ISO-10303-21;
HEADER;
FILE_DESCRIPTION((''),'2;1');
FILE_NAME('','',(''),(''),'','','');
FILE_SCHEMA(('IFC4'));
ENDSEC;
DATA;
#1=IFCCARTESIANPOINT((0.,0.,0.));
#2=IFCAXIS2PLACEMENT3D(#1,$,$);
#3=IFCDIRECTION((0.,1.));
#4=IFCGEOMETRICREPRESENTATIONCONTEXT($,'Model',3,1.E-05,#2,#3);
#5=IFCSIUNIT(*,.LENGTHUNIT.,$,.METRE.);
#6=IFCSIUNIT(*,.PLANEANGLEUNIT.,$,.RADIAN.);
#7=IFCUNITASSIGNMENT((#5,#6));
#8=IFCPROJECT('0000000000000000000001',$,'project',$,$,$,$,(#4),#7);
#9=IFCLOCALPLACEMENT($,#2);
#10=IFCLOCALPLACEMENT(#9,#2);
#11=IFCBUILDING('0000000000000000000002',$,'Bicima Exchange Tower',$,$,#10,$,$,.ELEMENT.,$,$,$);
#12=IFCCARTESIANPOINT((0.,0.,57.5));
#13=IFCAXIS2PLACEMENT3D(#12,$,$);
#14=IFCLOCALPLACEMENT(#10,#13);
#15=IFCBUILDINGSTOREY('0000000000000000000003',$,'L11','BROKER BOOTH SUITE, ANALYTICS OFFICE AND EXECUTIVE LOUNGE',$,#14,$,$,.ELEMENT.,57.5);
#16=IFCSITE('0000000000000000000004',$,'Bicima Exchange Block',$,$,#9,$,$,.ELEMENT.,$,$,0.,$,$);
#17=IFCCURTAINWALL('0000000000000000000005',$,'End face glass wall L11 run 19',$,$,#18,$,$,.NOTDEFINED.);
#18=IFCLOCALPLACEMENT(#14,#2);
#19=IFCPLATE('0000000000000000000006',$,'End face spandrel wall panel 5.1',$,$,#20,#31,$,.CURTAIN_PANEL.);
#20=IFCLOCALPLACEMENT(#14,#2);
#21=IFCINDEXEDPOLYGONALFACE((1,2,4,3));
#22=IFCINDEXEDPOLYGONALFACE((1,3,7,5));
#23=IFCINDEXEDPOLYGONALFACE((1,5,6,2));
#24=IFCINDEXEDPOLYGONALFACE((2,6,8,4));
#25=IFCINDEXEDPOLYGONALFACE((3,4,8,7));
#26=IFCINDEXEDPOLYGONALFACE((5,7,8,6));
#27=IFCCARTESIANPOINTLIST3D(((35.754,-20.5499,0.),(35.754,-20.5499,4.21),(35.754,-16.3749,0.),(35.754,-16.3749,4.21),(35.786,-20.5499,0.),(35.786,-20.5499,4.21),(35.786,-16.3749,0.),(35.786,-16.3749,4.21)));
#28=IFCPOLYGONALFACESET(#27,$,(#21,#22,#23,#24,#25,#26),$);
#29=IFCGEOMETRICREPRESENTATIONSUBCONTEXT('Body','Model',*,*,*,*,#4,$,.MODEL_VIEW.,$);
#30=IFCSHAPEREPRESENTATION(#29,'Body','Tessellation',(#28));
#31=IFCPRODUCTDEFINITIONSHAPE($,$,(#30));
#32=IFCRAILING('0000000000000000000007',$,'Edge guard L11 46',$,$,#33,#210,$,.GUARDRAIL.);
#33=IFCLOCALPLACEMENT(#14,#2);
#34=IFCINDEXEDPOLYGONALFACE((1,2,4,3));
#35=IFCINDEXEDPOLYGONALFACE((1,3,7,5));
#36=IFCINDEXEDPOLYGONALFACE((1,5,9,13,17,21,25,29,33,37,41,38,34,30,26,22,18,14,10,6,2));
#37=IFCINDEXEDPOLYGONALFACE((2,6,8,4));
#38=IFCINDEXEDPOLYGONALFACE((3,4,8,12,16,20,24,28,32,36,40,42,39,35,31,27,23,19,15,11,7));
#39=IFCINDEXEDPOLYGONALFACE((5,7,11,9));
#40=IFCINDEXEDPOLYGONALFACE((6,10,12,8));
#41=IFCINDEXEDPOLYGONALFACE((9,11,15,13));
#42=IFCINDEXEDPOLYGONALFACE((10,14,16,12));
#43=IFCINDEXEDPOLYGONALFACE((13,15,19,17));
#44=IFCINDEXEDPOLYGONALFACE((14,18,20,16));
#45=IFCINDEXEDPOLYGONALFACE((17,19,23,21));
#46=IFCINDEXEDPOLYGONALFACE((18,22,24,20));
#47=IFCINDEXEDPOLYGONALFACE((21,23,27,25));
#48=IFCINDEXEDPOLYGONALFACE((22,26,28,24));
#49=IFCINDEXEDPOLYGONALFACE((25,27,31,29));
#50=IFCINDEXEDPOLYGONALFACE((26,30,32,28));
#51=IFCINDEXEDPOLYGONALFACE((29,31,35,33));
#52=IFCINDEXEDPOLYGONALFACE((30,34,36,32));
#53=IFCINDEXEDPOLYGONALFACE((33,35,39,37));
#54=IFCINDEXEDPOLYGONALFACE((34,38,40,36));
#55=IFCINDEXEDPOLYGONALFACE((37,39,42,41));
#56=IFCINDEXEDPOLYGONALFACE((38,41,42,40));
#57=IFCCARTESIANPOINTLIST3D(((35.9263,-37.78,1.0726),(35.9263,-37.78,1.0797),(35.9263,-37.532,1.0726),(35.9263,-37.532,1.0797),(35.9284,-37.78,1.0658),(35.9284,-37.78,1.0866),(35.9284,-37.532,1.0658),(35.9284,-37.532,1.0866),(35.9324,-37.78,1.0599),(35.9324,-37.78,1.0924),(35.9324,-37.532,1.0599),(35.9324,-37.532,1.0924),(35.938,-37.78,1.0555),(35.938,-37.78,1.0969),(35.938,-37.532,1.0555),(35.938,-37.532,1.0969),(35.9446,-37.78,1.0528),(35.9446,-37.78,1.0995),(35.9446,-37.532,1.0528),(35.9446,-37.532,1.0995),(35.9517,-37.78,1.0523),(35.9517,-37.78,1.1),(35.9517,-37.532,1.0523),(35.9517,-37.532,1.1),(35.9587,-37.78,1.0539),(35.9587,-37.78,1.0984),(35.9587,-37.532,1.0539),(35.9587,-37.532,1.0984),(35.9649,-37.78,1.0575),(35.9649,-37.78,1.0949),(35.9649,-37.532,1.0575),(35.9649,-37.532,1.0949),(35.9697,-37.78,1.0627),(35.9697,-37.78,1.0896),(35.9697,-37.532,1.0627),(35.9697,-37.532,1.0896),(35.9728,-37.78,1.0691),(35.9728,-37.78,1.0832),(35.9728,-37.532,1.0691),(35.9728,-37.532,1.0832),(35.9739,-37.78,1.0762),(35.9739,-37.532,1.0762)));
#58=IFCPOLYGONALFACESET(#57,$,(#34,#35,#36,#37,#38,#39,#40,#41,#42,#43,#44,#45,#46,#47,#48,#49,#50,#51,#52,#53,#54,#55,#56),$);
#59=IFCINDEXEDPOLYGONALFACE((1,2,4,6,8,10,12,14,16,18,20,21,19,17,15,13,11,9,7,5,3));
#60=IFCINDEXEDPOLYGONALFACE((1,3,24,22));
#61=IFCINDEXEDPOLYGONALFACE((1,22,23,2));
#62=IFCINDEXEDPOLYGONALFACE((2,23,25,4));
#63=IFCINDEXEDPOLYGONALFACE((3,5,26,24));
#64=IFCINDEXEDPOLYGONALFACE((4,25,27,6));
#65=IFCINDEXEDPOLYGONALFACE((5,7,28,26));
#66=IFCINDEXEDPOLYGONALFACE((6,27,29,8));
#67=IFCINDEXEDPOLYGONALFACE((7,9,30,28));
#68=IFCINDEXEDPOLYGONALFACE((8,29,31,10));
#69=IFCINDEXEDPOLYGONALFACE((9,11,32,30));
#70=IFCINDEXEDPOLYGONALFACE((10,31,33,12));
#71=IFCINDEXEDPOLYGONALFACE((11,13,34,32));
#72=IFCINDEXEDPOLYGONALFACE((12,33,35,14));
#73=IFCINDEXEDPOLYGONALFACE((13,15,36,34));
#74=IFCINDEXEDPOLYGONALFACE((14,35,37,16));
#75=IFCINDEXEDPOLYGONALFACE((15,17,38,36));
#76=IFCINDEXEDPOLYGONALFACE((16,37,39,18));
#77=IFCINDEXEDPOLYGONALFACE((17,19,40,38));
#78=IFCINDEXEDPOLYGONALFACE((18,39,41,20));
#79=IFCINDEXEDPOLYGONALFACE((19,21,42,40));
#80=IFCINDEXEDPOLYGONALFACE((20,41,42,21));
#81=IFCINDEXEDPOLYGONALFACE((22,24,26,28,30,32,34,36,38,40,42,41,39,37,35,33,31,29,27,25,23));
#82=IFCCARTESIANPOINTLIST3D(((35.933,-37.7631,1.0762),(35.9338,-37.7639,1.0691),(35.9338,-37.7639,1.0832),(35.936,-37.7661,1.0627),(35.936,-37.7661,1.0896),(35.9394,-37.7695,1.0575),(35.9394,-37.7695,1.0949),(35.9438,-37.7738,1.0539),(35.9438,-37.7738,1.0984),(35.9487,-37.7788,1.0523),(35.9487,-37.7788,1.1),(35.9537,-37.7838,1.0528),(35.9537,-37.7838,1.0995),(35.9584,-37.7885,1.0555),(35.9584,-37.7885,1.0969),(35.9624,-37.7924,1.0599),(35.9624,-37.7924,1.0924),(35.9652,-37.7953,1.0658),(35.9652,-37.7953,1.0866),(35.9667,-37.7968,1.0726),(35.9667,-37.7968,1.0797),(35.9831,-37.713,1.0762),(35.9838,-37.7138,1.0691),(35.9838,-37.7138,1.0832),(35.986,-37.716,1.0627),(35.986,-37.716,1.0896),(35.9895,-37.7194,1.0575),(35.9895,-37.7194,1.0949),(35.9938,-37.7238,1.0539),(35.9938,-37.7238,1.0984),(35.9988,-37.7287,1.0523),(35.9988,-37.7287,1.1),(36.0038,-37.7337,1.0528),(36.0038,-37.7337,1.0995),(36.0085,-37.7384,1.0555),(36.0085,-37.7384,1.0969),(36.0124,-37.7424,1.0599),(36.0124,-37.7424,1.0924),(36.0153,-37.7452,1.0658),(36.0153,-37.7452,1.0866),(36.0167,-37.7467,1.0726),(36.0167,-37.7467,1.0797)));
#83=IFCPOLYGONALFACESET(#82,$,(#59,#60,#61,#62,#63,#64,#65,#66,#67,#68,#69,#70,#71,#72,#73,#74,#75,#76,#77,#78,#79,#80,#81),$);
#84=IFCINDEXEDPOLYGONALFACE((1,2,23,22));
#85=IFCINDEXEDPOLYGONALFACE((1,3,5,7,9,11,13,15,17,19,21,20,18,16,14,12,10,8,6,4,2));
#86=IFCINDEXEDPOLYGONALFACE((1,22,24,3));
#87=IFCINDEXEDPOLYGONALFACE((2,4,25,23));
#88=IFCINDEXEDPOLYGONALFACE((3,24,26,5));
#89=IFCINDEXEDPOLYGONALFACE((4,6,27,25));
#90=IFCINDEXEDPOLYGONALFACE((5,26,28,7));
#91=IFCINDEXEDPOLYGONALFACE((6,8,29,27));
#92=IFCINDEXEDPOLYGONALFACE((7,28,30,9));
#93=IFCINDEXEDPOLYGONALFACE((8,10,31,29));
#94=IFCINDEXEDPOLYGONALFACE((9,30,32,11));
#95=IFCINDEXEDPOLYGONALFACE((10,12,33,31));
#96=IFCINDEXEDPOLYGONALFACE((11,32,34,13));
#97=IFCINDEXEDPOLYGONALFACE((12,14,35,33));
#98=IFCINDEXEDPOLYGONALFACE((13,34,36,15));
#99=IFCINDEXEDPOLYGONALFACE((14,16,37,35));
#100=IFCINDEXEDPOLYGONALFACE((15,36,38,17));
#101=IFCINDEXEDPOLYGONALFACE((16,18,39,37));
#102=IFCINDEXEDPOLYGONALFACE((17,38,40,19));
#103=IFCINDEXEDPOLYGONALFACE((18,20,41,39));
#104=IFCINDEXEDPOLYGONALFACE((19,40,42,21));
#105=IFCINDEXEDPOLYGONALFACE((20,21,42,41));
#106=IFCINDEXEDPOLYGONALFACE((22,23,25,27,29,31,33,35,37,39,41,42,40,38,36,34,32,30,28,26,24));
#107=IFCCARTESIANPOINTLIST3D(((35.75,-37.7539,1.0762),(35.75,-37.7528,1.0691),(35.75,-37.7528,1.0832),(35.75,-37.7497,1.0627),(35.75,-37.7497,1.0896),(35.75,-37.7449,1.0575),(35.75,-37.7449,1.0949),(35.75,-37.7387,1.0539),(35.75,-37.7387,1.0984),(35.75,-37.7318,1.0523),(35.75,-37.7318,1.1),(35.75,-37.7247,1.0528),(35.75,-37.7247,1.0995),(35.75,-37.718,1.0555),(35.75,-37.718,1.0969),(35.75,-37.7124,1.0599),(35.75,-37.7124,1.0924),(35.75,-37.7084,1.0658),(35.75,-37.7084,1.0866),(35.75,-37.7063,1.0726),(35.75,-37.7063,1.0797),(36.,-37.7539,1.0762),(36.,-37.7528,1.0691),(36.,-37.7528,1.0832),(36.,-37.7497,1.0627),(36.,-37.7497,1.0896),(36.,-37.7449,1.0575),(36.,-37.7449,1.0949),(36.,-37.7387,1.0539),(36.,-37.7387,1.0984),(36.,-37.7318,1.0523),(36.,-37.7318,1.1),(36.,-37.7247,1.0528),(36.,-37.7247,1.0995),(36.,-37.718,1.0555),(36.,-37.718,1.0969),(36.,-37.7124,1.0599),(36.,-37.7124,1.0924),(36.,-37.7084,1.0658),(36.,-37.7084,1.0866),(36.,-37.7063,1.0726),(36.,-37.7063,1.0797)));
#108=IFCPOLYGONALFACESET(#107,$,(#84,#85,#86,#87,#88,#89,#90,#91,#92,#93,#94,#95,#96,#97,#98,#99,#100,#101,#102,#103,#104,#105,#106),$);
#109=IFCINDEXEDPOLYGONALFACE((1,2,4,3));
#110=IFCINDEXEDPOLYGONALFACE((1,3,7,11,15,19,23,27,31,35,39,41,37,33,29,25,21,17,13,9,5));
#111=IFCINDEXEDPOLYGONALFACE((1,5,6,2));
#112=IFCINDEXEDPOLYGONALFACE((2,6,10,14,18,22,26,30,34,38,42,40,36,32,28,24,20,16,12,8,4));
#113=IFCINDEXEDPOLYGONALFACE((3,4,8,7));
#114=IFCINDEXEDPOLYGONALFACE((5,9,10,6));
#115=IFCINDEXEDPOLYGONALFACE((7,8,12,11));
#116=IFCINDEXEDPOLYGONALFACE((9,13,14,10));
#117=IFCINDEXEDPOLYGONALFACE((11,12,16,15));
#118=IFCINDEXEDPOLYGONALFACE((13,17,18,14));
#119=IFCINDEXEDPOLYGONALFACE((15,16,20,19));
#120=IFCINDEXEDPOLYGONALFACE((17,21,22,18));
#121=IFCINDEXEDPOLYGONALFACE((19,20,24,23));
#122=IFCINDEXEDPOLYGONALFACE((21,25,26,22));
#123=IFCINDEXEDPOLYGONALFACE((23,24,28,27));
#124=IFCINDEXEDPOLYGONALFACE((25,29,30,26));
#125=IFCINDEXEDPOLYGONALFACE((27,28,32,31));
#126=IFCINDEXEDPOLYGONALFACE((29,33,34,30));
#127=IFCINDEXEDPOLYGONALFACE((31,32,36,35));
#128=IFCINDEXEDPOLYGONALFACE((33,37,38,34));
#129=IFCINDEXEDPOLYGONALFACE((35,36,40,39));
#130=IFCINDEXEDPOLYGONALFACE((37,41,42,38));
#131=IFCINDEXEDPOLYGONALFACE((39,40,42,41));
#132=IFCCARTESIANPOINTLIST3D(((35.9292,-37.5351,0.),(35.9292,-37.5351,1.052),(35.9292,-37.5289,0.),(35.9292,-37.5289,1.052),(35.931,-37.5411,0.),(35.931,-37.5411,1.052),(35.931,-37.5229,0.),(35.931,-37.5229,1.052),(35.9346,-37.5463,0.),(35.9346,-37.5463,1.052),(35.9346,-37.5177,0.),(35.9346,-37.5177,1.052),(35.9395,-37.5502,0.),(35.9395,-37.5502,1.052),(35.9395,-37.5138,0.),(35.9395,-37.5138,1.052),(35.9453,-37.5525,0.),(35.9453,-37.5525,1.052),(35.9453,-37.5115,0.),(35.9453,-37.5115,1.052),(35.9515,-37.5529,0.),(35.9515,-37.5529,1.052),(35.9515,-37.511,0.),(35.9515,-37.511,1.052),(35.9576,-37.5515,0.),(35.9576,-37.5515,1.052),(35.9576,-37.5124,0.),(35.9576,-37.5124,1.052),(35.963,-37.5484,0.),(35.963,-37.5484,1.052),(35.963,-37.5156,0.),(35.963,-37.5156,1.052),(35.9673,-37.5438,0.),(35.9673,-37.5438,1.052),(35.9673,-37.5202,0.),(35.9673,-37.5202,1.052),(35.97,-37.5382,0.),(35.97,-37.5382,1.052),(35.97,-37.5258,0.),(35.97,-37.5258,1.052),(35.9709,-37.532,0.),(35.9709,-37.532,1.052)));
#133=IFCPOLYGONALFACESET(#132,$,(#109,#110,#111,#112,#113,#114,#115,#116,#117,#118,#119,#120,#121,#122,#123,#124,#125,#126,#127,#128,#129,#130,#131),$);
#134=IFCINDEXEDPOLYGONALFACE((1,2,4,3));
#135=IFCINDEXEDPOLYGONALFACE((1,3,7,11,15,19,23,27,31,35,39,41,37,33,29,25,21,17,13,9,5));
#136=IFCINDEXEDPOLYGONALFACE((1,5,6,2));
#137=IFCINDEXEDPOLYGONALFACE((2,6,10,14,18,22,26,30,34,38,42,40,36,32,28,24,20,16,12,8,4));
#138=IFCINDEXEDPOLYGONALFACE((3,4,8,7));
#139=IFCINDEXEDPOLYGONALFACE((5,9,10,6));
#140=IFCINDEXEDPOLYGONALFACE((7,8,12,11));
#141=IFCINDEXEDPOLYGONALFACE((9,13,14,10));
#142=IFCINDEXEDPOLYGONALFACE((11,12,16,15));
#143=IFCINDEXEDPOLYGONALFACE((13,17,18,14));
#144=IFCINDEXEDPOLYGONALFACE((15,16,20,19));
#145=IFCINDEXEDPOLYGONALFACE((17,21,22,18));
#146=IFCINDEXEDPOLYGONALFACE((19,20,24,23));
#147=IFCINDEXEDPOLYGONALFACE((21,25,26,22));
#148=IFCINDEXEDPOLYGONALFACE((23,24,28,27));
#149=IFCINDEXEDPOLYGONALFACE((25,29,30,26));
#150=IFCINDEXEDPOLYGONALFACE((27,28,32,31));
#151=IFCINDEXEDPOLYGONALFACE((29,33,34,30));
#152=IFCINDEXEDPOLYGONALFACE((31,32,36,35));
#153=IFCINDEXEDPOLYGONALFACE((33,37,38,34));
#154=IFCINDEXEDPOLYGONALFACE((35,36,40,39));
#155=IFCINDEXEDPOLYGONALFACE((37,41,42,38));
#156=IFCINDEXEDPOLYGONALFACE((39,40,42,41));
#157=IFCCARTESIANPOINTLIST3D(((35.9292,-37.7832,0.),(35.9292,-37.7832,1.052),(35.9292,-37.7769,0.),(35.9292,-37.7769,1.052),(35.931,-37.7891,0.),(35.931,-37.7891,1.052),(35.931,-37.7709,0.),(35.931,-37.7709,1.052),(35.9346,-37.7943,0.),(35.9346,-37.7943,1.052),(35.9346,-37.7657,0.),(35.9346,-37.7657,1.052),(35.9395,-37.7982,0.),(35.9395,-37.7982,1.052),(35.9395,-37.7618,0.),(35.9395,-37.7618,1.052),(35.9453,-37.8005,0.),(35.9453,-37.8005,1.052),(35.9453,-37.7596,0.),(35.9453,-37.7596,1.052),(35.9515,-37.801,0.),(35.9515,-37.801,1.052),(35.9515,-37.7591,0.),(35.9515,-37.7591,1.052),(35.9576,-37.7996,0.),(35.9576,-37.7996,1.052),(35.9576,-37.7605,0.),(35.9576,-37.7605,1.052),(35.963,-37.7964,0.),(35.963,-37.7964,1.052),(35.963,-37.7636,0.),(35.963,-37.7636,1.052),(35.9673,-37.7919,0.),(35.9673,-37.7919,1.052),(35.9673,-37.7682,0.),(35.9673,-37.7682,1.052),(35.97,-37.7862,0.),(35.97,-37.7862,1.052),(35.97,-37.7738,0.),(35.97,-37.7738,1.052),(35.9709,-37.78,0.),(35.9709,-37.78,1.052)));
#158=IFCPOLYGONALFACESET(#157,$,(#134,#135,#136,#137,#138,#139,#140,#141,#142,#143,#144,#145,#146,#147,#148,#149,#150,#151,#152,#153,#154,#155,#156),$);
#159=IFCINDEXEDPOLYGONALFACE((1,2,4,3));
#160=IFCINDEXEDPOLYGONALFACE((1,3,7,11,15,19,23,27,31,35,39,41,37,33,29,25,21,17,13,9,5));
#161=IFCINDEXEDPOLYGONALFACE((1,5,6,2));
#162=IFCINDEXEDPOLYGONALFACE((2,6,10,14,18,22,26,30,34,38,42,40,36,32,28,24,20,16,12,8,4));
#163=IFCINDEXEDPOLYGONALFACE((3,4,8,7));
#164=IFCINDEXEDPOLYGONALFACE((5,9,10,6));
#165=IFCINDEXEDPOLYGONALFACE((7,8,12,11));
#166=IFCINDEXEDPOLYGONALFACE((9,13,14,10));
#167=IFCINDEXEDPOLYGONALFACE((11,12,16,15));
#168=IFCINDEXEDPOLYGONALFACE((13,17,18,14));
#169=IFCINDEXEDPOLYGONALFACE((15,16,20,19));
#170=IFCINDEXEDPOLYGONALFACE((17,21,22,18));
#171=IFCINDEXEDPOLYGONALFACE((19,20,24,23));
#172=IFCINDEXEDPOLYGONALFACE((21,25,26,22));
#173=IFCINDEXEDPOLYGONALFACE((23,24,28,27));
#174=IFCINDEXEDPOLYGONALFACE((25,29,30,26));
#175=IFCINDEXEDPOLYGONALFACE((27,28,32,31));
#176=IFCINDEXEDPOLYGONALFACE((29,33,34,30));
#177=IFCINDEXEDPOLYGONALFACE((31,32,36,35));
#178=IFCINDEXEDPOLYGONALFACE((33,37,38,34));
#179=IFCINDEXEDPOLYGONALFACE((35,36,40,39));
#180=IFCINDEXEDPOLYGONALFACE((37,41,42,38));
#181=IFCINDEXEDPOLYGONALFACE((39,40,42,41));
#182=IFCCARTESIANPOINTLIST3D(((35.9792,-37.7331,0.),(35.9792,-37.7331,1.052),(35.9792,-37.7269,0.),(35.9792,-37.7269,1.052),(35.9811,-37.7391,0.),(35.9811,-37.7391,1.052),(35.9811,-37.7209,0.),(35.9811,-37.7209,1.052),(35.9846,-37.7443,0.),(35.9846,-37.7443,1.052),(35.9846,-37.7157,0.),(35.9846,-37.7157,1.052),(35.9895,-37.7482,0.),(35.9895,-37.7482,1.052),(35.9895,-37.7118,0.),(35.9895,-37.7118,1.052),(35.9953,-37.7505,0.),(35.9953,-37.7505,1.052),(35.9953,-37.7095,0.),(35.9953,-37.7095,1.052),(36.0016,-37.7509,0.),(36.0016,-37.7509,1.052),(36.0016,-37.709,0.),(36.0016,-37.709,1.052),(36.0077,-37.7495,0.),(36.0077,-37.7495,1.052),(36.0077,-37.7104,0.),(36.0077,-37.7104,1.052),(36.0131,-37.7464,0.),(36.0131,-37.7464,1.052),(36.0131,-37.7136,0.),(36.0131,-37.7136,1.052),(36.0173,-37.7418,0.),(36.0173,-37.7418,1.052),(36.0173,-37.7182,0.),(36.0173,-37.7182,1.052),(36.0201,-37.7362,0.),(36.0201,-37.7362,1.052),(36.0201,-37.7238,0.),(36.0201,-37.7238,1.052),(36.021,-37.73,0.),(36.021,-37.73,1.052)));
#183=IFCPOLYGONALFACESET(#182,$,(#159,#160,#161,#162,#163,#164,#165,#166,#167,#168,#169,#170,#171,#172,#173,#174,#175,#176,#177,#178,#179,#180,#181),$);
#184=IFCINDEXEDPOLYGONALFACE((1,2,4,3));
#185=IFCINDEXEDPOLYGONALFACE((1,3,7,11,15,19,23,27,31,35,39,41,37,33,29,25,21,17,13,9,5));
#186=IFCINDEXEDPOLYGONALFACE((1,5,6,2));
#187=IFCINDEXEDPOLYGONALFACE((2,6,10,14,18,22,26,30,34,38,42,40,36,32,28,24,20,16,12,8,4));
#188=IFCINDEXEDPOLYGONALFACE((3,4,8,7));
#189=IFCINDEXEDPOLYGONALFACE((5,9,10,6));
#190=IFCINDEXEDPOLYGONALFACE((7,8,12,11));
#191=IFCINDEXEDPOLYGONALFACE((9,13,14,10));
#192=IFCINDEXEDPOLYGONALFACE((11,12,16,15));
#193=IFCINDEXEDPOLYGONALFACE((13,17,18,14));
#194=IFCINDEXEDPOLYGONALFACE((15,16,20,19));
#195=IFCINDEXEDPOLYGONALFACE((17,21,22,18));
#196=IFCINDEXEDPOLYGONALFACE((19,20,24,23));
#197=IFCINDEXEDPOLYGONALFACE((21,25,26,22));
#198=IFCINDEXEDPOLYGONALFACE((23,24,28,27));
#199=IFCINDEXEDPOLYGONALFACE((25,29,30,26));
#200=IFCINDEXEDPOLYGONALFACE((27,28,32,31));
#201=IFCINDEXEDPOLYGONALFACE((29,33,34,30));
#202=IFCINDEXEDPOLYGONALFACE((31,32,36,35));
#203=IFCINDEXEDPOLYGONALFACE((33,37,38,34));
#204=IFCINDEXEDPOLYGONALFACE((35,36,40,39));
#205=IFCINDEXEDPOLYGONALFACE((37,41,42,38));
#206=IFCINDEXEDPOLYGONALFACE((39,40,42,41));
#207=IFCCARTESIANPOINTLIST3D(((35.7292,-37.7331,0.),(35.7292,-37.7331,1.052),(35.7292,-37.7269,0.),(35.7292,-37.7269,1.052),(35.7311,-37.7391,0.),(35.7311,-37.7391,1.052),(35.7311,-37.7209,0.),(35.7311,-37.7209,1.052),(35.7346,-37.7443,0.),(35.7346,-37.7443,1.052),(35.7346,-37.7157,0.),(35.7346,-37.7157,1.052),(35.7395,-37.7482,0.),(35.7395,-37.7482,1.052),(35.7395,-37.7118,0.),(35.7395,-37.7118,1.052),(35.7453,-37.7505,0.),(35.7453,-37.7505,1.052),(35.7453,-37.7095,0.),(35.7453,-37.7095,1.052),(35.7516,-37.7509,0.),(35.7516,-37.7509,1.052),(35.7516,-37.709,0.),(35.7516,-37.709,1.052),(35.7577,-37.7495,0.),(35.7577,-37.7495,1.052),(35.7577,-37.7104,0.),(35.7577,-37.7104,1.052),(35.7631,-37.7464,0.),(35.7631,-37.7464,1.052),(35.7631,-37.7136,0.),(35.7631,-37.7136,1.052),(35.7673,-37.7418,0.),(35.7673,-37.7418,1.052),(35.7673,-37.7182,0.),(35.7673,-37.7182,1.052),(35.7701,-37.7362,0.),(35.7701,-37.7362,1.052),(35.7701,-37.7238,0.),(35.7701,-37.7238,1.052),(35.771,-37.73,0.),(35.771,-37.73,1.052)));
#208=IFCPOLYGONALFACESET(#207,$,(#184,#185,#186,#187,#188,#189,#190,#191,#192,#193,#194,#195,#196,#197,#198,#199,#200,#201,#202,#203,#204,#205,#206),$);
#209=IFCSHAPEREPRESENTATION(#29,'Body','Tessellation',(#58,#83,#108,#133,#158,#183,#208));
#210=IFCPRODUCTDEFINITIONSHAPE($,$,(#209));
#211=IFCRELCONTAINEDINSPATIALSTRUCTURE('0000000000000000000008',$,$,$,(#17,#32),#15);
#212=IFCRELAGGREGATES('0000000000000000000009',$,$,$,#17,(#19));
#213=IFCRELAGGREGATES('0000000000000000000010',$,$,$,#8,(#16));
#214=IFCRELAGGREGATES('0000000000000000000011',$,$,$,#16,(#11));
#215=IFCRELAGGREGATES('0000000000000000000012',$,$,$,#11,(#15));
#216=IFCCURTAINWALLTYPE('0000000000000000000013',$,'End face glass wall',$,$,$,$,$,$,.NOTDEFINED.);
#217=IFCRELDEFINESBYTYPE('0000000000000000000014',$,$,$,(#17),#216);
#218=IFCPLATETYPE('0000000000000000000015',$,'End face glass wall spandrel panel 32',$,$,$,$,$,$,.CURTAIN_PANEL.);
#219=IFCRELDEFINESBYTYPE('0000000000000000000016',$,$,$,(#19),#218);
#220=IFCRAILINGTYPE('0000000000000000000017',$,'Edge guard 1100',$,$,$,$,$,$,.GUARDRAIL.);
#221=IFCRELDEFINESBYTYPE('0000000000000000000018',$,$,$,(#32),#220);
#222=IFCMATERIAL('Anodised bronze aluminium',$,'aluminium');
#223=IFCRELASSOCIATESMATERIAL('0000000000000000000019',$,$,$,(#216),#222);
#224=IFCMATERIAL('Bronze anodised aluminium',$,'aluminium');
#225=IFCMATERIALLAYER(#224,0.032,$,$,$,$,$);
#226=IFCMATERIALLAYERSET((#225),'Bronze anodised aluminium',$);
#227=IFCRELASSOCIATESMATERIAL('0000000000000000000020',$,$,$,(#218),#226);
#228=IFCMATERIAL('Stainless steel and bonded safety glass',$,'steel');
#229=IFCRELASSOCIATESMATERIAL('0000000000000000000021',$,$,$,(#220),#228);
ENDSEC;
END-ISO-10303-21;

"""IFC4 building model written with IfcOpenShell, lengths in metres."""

from ifc_helpers import new_model, si_unit, direction, frame, origin, origin_2d, place, context, subcontext, project, spatial, rectangle, circle, extrude, material, layer, layer_set, type_object, element, aggregate, save


model = new_model("IFC4")

# Units and contexts
model_context = context("Model", 3, precision=1e-05, world=origin(), true_north=direction((0.0, 1.0)))
body_context = subcontext(model_context, "Body", "Model", "MODEL_VIEW")
ifc_project = project(units=[si_unit("LENGTHUNIT", "METRE"), si_unit("PLANEANGLEUNIT", "RADIAN")], contexts=[model_context])

# Site, building, storey
site_placement = place(None, origin())
site = spatial("IfcSite", under=ifc_project, at=site_placement, Name="Bicima Exchange Block", CompositionType="ELEMENT", RefElevation=0.0)
building_placement = place(site_placement, origin())
building = spatial("IfcBuilding", under=site, at=building_placement, Name="Bicima Exchange Tower", CompositionType="ELEMENT")
storey_placement = place(building_placement, frame((0.0, 0.0, 57.5)))
storey = spatial("IfcBuildingStorey", under=building, at=storey_placement, Name="L11", Description="BROKER BOOTH SUITE, ANALYTICS OFFICE AND EXECUTIVE LOUNGE", CompositionType="ELEMENT", Elevation=57.5)

# Curtain wall
ifc_material_1 = material(Name="Anodised bronze aluminium", Category="aluminium")
curtain_wall_type = type_object("IfcCurtainWallType", Name="End face glass wall", PredefinedType="NOTDEFINED", material=ifc_material_1)
curtain_wall_placement = place(storey_placement, origin())
curtain_wall = element("IfcCurtainWall", 1, at=curtain_wall_placement, inside=storey, type_object=curtain_wall_type, Name="End face glass wall L11 run 19", PredefinedType="NOTDEFINED")

# Plate
ifc_material_2 = material(Name="Bronze anodised aluminium", Category="aluminium")
ifc_layer_1 = layer(ifc_material_2, 0.032)
ifc_layer_set_1 = layer_set([ifc_layer_1], Name="Bronze anodised aluminium")
plate_type_1 = type_object("IfcPlateType", Name="End face glass wall spandrel panel 32", PredefinedType="CURTAIN_PANEL", material=ifc_layer_set_1)
plate_1_placement = place(storey_placement, frame((35.77, -18.4624, 0.0), z_axis=(0.0, 0.0, 1.0), x_axis=(0.0, 1.0, 0.0)))
plate_1 = element("IfcPlate", 2, at=plate_1_placement, type_object=plate_type_1, Name="End face spandrel wall panel 5.1", PredefinedType="CURTAIN_PANEL", context=body_context, shape_type="SweptSolid", body=[
    extrude(rectangle(XDim=4.175, YDim=0.032, at=origin_2d()), origin(), (0.0, 0.0, 1.0), 4.21),
])
aggregate(curtain_wall, [plate_1])

# Railing
ifc_material_3 = material(Name="Stainless steel and bonded safety glass", Category="steel")
railing_type = type_object("IfcRailingType", Name="Edge guard 1100", PredefinedType="GUARDRAIL", material=ifc_material_3)
railing_placement = place(storey_placement, frame((35.95, -37.532, 0.0)))
element("IfcRailing", 3, at=railing_placement, inside=storey, type_object=railing_type, Name="Edge guard L11 46", PredefinedType="GUARDRAIL", context=body_context, shape_type="SweptSolid", body=[
    extrude(circle(Radius=0.0239, at=origin_2d()), frame((0.0, 0.0, 1.0762), z_axis=(0.0, -1.0, 0.0), x_axis=(1.0, 0.0, 0.0)), (0.0, 0.0, 1.0), 0.248),
    extrude(circle(Radius=0.0239, at=origin_2d()), frame((0.0, -0.248, 1.0762), z_axis=(0.707107, 0.707107, 0.0), x_axis=(-0.707107, 0.707107, 0.0)), (0.0, 0.0, 1.0), 0.0708),
    extrude(circle(Radius=0.0239, at=origin_2d()), frame((0.05, -0.198, 1.0762), z_axis=(-1.0, 0.0, 0.0), x_axis=(0.0, -1.0, 0.0)), (0.0, 0.0, 1.0), 0.25),
    extrude(circle(Radius=0.021, at=origin_2d()), origin(), (0.0, 0.0, 1.0), 1.052),
    extrude(circle(Radius=0.021, at=origin_2d()), frame((0.0, -0.248, 0.0)), (0.0, 0.0, 1.0), 1.052),
    extrude(circle(Radius=0.021, at=origin_2d()), frame((0.05, -0.198, 0.0)), (0.0, 0.0, 1.0), 1.052),
    extrude(circle(Radius=0.021, at=origin_2d()), frame((-0.2, -0.198, 0.0)), (0.0, 0.0, 1.0), 1.052),
])

save(model, "model.ifc")
